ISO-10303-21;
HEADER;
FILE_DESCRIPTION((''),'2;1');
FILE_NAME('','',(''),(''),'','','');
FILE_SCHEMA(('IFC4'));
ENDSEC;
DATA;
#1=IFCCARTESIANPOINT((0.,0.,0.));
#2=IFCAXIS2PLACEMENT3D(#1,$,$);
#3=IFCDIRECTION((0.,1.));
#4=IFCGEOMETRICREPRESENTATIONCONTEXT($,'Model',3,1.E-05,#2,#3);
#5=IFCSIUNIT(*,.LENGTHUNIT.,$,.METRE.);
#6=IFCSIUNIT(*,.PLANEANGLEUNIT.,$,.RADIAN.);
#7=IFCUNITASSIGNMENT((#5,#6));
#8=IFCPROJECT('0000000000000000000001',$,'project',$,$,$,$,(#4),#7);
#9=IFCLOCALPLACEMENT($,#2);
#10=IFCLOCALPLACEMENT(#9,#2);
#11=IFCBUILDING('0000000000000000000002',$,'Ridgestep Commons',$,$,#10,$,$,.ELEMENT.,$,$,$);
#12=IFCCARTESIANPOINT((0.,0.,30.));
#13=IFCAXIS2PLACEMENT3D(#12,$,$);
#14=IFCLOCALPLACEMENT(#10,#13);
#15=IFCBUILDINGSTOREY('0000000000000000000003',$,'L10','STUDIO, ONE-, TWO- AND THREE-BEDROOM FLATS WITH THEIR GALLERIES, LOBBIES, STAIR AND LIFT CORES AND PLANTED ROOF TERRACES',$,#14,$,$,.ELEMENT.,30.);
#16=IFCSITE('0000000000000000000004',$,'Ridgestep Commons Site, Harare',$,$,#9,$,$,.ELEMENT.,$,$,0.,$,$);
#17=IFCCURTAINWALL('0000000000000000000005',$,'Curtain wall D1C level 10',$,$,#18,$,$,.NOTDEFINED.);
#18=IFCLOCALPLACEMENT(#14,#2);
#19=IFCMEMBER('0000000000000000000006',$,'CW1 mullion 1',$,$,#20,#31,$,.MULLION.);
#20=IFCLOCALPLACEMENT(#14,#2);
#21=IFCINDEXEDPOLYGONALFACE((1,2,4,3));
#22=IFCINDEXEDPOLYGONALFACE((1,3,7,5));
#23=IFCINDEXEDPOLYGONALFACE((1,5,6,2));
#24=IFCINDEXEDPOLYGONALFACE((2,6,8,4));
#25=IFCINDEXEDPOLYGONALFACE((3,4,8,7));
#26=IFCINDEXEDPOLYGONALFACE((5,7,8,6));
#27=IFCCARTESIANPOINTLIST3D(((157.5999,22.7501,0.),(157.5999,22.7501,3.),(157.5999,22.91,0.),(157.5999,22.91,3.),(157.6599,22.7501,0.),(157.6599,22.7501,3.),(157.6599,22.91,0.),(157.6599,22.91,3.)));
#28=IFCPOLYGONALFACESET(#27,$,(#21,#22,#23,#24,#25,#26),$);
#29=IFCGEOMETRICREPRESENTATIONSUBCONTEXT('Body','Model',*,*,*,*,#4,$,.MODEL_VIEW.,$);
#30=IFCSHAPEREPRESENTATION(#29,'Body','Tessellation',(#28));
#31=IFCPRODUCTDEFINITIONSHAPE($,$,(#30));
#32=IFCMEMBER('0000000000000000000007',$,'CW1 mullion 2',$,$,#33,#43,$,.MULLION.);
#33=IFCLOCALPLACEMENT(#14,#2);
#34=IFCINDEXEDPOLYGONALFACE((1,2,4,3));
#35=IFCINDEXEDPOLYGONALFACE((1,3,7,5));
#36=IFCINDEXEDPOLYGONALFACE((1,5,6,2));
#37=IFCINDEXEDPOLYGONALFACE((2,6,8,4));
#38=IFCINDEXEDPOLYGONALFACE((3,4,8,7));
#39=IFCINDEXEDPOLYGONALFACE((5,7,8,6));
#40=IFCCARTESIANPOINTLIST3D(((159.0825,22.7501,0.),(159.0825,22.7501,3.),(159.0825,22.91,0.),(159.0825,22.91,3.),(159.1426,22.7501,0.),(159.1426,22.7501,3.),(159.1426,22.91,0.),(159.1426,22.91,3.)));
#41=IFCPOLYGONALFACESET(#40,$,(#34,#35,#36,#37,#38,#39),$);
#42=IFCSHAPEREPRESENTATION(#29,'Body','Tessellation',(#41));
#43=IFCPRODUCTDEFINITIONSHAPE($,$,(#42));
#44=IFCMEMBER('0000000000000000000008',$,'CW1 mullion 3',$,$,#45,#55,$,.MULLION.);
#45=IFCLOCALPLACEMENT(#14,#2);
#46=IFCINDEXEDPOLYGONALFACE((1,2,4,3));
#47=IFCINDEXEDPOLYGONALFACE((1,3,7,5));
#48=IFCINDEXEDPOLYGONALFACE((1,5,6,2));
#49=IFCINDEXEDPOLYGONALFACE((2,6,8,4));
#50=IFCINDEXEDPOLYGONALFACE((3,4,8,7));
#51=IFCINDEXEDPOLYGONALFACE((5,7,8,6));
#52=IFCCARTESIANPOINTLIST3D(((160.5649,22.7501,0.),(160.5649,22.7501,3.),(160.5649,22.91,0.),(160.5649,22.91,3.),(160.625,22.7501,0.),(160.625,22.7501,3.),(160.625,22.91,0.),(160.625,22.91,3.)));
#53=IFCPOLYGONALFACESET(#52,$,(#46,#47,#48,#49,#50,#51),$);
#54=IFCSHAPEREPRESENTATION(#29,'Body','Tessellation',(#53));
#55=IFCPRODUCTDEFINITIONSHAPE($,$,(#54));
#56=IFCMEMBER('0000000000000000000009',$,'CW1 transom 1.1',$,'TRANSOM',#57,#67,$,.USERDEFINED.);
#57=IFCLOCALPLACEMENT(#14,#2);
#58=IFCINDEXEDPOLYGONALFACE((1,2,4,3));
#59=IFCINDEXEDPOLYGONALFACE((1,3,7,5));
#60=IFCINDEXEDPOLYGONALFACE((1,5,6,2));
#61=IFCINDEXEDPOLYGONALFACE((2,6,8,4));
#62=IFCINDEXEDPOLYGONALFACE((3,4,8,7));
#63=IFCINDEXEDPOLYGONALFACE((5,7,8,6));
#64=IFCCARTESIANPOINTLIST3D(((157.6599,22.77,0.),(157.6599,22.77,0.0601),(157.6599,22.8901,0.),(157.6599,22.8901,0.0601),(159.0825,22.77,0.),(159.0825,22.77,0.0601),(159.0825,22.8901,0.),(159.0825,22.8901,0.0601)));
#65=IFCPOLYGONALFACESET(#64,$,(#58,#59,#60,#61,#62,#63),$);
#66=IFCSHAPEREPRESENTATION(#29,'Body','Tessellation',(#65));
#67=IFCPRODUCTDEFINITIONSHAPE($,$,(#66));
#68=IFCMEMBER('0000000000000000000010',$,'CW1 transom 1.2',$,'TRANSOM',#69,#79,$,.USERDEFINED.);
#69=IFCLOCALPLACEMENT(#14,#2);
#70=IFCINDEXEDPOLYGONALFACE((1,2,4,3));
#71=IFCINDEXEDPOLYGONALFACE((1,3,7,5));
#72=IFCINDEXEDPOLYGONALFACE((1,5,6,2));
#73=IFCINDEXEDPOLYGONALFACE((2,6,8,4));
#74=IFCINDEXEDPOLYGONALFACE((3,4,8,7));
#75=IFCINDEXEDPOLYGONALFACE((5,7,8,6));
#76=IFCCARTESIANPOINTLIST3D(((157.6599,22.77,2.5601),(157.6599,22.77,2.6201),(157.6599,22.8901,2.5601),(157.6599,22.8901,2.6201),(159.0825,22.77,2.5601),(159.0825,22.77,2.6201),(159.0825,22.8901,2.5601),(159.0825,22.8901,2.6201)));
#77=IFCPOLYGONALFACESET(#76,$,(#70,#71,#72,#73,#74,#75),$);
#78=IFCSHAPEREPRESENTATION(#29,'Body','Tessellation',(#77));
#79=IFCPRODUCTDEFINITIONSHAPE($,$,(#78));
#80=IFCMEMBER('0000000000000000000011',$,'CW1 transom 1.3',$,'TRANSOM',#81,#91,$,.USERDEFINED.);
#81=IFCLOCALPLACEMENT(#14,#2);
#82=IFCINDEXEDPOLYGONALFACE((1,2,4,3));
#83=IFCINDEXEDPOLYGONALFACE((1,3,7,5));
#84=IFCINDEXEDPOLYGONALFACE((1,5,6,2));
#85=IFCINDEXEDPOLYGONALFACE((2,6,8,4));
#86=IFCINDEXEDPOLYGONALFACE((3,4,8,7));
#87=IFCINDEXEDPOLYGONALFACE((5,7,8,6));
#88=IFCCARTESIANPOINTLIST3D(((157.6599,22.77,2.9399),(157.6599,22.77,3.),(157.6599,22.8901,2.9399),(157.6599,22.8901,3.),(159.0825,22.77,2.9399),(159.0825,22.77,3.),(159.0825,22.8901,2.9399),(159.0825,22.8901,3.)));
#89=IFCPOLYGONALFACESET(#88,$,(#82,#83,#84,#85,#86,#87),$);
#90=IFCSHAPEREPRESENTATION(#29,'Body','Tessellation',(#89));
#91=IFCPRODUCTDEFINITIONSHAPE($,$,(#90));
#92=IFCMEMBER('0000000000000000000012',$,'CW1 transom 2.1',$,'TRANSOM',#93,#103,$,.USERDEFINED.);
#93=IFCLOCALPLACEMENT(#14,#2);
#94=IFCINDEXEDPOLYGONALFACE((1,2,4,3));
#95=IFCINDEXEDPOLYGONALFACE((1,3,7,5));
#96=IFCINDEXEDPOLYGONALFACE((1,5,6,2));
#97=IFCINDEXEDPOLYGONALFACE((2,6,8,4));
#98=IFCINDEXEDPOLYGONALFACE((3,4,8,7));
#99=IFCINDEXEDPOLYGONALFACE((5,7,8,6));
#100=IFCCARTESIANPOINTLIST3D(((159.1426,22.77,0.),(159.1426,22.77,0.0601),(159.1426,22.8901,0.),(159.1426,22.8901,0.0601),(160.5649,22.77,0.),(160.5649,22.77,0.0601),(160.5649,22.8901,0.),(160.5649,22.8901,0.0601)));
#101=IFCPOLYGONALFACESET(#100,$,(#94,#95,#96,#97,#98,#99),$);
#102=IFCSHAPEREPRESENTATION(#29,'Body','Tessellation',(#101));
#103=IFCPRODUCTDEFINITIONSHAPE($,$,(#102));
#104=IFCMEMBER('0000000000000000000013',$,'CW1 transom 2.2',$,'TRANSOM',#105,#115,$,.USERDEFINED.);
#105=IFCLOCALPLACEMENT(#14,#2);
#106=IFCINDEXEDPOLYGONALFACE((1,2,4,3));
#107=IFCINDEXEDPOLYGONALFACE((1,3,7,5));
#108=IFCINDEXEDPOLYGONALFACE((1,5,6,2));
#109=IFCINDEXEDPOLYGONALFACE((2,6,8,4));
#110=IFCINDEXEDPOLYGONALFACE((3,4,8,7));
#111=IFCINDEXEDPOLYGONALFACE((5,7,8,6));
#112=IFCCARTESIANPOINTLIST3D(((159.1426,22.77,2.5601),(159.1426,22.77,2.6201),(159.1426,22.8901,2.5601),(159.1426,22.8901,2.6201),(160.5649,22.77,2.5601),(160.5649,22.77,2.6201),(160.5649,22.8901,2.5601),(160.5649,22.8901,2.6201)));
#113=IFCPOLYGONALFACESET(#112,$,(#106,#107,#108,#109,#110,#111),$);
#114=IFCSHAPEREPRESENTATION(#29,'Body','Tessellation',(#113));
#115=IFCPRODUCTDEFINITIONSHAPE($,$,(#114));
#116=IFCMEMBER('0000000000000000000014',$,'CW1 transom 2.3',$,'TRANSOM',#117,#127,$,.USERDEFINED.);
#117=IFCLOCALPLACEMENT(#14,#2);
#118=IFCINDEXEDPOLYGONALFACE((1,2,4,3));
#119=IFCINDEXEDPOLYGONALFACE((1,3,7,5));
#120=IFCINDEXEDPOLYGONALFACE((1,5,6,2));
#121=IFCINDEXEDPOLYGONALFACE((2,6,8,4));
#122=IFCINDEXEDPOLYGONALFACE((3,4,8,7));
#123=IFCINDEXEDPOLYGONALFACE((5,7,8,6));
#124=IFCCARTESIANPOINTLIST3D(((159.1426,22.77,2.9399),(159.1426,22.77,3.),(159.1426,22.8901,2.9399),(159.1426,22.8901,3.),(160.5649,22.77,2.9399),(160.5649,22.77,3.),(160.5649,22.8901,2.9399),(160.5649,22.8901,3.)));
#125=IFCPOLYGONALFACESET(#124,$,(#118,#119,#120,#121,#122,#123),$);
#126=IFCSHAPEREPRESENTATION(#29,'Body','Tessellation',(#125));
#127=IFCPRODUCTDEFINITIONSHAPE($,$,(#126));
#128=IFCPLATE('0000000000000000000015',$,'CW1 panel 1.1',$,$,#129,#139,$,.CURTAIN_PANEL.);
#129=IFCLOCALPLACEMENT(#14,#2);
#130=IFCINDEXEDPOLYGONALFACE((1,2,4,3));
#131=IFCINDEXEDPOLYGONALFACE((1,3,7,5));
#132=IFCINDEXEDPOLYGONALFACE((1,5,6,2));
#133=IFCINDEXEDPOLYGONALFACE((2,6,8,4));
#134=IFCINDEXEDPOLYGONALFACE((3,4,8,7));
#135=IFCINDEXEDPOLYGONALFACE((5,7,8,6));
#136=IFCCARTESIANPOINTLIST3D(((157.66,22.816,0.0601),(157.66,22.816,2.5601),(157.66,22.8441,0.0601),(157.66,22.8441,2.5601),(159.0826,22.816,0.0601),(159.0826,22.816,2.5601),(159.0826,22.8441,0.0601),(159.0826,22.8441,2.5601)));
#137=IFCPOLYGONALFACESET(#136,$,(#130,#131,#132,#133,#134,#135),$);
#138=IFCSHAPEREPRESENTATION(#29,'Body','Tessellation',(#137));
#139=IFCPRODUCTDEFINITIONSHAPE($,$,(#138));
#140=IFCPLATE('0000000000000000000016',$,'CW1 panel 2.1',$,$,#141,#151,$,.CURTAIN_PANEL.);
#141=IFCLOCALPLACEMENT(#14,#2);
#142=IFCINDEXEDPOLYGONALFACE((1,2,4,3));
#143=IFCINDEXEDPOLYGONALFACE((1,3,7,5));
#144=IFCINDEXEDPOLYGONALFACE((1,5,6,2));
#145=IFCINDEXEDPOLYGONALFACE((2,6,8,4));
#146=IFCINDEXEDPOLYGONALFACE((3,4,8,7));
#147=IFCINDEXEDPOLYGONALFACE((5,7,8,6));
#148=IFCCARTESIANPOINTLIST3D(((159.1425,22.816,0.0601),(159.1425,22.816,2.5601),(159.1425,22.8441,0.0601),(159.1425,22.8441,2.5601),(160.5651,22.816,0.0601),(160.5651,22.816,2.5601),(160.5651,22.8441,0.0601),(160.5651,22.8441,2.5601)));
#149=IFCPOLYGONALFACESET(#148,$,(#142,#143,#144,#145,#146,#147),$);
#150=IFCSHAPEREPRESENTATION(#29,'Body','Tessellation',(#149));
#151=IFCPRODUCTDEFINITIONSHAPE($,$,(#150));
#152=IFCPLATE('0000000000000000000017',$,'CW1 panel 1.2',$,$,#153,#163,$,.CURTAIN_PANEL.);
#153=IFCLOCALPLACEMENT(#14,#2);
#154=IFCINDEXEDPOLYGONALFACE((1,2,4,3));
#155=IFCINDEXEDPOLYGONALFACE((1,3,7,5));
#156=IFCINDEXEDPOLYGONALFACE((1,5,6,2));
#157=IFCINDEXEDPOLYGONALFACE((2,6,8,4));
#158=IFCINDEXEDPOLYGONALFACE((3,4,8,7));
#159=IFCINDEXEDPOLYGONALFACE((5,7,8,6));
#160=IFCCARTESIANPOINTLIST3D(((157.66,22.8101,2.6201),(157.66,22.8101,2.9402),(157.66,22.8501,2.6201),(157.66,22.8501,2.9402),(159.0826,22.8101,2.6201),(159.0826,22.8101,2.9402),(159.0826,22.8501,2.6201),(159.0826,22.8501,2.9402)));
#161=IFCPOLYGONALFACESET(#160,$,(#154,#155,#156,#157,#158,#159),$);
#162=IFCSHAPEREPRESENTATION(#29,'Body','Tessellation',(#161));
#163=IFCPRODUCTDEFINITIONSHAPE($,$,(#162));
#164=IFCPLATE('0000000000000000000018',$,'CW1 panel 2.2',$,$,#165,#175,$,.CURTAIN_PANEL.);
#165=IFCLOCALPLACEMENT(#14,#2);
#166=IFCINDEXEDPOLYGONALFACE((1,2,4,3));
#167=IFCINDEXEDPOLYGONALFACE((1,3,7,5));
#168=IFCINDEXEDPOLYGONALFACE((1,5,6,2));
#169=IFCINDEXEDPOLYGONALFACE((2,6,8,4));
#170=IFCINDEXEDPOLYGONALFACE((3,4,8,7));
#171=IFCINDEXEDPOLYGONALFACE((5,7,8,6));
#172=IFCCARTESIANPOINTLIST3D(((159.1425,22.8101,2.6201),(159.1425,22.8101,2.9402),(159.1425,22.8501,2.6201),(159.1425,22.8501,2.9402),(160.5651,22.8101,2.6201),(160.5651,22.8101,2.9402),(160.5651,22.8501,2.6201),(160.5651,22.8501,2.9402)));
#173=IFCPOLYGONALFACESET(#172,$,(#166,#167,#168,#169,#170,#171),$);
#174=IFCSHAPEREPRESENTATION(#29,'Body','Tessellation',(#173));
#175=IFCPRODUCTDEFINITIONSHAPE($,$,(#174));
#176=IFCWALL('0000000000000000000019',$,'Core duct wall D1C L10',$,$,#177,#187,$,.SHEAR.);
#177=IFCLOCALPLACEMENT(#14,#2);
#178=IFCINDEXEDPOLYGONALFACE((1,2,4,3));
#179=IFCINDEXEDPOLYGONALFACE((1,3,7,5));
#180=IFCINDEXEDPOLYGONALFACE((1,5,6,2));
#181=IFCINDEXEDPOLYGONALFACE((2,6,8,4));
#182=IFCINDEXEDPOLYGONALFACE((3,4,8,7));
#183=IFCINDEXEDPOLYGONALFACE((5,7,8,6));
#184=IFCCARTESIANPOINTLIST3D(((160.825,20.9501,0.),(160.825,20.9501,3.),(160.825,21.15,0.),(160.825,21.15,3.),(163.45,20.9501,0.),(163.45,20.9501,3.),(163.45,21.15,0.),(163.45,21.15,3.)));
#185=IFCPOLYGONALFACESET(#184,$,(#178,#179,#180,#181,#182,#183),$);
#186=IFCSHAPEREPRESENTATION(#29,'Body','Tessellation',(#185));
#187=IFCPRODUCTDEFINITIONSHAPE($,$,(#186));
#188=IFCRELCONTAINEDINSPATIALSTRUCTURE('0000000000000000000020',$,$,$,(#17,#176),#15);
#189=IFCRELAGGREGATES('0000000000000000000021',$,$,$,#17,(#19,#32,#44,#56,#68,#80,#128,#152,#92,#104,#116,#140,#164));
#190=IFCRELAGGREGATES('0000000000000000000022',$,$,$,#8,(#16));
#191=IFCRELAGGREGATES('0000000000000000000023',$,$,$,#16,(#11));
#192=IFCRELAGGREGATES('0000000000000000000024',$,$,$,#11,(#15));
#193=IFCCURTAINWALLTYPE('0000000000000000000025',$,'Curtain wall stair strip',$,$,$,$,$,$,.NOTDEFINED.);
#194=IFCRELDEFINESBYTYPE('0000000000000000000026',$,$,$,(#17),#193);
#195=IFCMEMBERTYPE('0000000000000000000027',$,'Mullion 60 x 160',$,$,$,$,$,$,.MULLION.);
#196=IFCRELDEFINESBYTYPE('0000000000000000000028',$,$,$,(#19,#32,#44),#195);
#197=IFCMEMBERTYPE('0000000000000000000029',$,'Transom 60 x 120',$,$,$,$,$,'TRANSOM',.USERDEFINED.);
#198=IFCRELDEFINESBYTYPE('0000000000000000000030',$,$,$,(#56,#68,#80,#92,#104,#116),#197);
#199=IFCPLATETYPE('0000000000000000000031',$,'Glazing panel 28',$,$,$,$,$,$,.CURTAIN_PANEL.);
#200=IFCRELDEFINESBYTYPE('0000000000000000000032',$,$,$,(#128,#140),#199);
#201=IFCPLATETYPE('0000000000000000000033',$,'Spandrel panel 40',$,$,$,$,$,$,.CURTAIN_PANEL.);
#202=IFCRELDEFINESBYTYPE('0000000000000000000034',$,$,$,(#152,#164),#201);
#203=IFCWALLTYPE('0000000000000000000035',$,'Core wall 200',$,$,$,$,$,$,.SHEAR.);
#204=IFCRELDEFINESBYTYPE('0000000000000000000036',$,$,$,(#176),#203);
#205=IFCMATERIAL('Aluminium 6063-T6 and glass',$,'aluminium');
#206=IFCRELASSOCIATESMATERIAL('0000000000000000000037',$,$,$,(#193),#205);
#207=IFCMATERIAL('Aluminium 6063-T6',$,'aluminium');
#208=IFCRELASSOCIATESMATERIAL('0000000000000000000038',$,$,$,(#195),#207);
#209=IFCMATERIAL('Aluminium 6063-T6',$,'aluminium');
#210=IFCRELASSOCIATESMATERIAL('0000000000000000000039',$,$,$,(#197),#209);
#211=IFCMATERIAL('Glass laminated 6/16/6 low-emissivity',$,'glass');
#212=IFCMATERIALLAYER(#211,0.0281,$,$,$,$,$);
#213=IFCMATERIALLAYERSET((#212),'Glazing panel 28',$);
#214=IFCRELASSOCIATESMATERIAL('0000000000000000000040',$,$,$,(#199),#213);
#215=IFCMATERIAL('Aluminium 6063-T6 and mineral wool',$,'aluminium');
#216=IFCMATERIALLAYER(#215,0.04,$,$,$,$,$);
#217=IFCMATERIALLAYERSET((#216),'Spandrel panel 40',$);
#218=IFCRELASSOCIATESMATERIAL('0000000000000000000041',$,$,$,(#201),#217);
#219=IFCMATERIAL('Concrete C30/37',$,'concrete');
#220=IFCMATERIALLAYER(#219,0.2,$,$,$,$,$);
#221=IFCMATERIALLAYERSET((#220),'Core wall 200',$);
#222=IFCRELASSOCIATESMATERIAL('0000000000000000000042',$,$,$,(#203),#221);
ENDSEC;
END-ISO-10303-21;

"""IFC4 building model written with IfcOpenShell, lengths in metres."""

from ifc_helpers import new_model, si_unit, direction, frame, frame_2d, origin, origin_2d, place, context, subcontext, project, spatial, rectangle, extrude, material, layer, layer_set, material_profile, profile_set, type_object, element, aggregate, save


model = new_model("IFC4")

# Units and contexts
model_context = context("Model", 3, precision=1e-05, world=origin(), true_north=direction((0.0, 1.0)))
body_context = subcontext(model_context, "Body", "Model", "MODEL_VIEW")
ifc_project = project(units=[si_unit("LENGTHUNIT", "METRE"), si_unit("PLANEANGLEUNIT", "RADIAN")], contexts=[model_context])

# Site, building, storey
site_placement = place(None, origin())
site = spatial("IfcSite", under=ifc_project, at=site_placement, Name="Ridgestep Commons Site, Harare", CompositionType="ELEMENT", RefElevation=0.0)
building_placement = place(site_placement, origin())
building = spatial("IfcBuilding", under=site, at=building_placement, Name="Ridgestep Commons", CompositionType="ELEMENT")
storey_placement = place(building_placement, frame((0.0, 0.0, 30.0)))
storey = spatial("IfcBuildingStorey", under=building, at=storey_placement, Name="L10", Description="STUDIO, ONE-, TWO- AND THREE-BEDROOM FLATS WITH THEIR GALLERIES, LOBBIES, STAIR AND LIFT CORES AND PLANTED ROOF TERRACES", CompositionType="ELEMENT", Elevation=30.0)

# Curtain wall, members, plates
ifc_material_1 = material(Name="Aluminium 6063-T6 and glass", Category="aluminium")
curtain_wall_type = type_object("IfcCurtainWallType", Name="Curtain wall stair strip", PredefinedType="NOTDEFINED", material=ifc_material_1)
curtain_wall_placement = place(storey_placement, origin())
curtain_wall = element("IfcCurtainWall", 1, at=curtain_wall_placement, inside=storey, type_object=curtain_wall_type, Name="Curtain wall D1C level 10", PredefinedType="NOTDEFINED")
ifc_material_2 = material(Name="Aluminium 6063-T6", Category="aluminium")
ifc_material_profile_1 = material_profile(ifc_material_2, rectangle(XDim=0.1599, YDim=0.0601, at=origin_2d()), Name="Mullion 60 x 160")
ifc_profile_set_1 = profile_set([ifc_material_profile_1], Name="Aluminium 6063-T6")
member_type_1 = type_object("IfcMemberType", Name="Mullion 60 x 160", PredefinedType="MULLION", material=ifc_profile_set_1)
member_1_placement = place(storey_placement, frame((157.6299, 22.8301, 0.0), z_axis=(0.0, 0.0, 1.0), x_axis=(0.0, 1.0, 0.0)))
member_1 = element("IfcMember", 2, at=member_1_placement, type_object=member_type_1, Name="CW1 mullion 1", PredefinedType="MULLION", context=body_context, shape_type="SweptSolid", body=[
    extrude(rectangle(XDim=0.1599, YDim=0.0601, at=origin_2d()), origin(), (0.0, 0.0, 1.0), 3.0),
])
member_2_placement = place(storey_placement, frame((159.1125, 22.8301, 0.0), z_axis=(0.0, 0.0, 1.0), x_axis=(0.0, 1.0, 0.0)))
member_2 = element("IfcMember", 3, at=member_2_placement, type_object=member_type_1, Name="CW1 mullion 2", PredefinedType="MULLION", context=body_context, shape_type="SweptSolid", body=[
    extrude(rectangle(XDim=0.1599, YDim=0.0601, at=origin_2d()), origin(), (0.0, 0.0, 1.0), 3.0),
])
member_3_placement = place(storey_placement, frame((160.595, 22.8301, 0.0), z_axis=(0.0, 0.0, 1.0), x_axis=(0.0, 1.0, 0.0)))
member_3 = element("IfcMember", 4, at=member_3_placement, type_object=member_type_1, Name="CW1 mullion 3", PredefinedType="MULLION", context=body_context, shape_type="SweptSolid", body=[
    extrude(rectangle(XDim=0.1599, YDim=0.0601, at=origin_2d()), origin(), (0.0, 0.0, 1.0), 3.0),
])
ifc_material_3 = material(Name="Aluminium 6063-T6", Category="aluminium")
ifc_material_profile_2 = material_profile(ifc_material_3, rectangle(XDim=0.1201, YDim=0.0601, at=origin_2d()), Name="Transom 60 x 120")
ifc_profile_set_2 = profile_set([ifc_material_profile_2], Name="Aluminium 6063-T6")
member_type_2 = type_object("IfcMemberType", Name="Transom 60 x 120", ElementType="TRANSOM", PredefinedType="USERDEFINED", material=ifc_profile_set_2)
member_4_placement = place(storey_placement, frame((157.6599, 22.8301, 0.03), z_axis=(1.0, 0.0, 0.0), x_axis=(0.0, 1.0, 0.0)))
member_4 = element("IfcMember", 5, at=member_4_placement, type_object=member_type_2, Name="CW1 transom 1.1", ObjectType="TRANSOM", PredefinedType="USERDEFINED", context=body_context, shape_type="SweptSolid", body=[
    extrude(rectangle(XDim=0.1201, YDim=0.0601, at=origin_2d()), origin(), (0.0, 0.0, 1.0), 1.4226),
])
member_5_placement = place(storey_placement, frame((157.6599, 22.8301, 2.5901), z_axis=(1.0, 0.0, 0.0), x_axis=(0.0, 1.0, 0.0)))
member_5 = element("IfcMember", 6, at=member_5_placement, type_object=member_type_2, Name="CW1 transom 1.2", ObjectType="TRANSOM", PredefinedType="USERDEFINED", context=body_context, shape_type="SweptSolid", body=[
    extrude(rectangle(XDim=0.1201, YDim=0.0601, at=origin_2d()), origin(), (0.0, 0.0, 1.0), 1.4226),
])
member_6_placement = place(storey_placement, frame((157.6599, 22.8301, 2.97), z_axis=(1.0, 0.0, 0.0), x_axis=(0.0, 1.0, 0.0)))
member_6 = element("IfcMember", 7, at=member_6_placement, type_object=member_type_2, Name="CW1 transom 1.3", ObjectType="TRANSOM", PredefinedType="USERDEFINED", context=body_context, shape_type="SweptSolid", body=[
    extrude(rectangle(XDim=0.1201, YDim=0.0601, at=origin_2d()), origin(), (0.0, 0.0, 1.0), 1.4226),
])
member_7_placement = place(storey_placement, frame((159.1426, 22.8301, 0.03), z_axis=(1.0, 0.0, 0.0), x_axis=(0.0, 1.0, 0.0)))
member_7 = element("IfcMember", 8, at=member_7_placement, type_object=member_type_2, Name="CW1 transom 2.1", ObjectType="TRANSOM", PredefinedType="USERDEFINED", context=body_context, shape_type="SweptSolid", body=[
    extrude(rectangle(XDim=0.1201, YDim=0.0601, at=origin_2d()), origin(), (0.0, 0.0, 1.0), 1.4224),
])
member_8_placement = place(storey_placement, frame((159.1426, 22.8301, 2.5901), z_axis=(1.0, 0.0, 0.0), x_axis=(0.0, 1.0, 0.0)))
member_8 = element("IfcMember", 9, at=member_8_placement, type_object=member_type_2, Name="CW1 transom 2.2", ObjectType="TRANSOM", PredefinedType="USERDEFINED", context=body_context, shape_type="SweptSolid", body=[
    extrude(rectangle(XDim=0.1201, YDim=0.0601, at=origin_2d()), origin(), (0.0, 0.0, 1.0), 1.4224),
])
member_9_placement = place(storey_placement, frame((159.1426, 22.8301, 2.97), z_axis=(1.0, 0.0, 0.0), x_axis=(0.0, 1.0, 0.0)))
member_9 = element("IfcMember", 10, at=member_9_placement, type_object=member_type_2, Name="CW1 transom 2.3", ObjectType="TRANSOM", PredefinedType="USERDEFINED", context=body_context, shape_type="SweptSolid", body=[
    extrude(rectangle(XDim=0.1201, YDim=0.0601, at=origin_2d()), origin(), (0.0, 0.0, 1.0), 1.4224),
])
ifc_material_4 = material(Name="Glass laminated 6/16/6 low-emissivity", Category="glass")
ifc_layer_1 = layer(ifc_material_4, 0.0281)
ifc_layer_set_1 = layer_set([ifc_layer_1], Name="Glazing panel 28")
plate_type_1 = type_object("IfcPlateType", Name="Glazing panel 28", PredefinedType="CURTAIN_PANEL", material=ifc_layer_set_1)
plate_1_placement = place(storey_placement, frame((158.3713, 22.8301, 0.0601), z_axis=(0.0, 0.0, 1.0), x_axis=(1.0, 0.0, 0.0)))
plate_1 = element("IfcPlate", 11, at=plate_1_placement, type_object=plate_type_1, Name="CW1 panel 1.1", PredefinedType="CURTAIN_PANEL", context=body_context, shape_type="SweptSolid", body=[
    extrude(rectangle(XDim=1.4226, YDim=0.0281, at=origin_2d()), origin(), (0.0, 0.0, 1.0), 2.5),
])
plate_2_placement = place(storey_placement, frame((159.8538, 22.8301, 0.0601), z_axis=(0.0, 0.0, 1.0), x_axis=(1.0, 0.0, 0.0)))
plate_2 = element("IfcPlate", 12, at=plate_2_placement, type_object=plate_type_1, Name="CW1 panel 2.1", PredefinedType="CURTAIN_PANEL", context=body_context, shape_type="SweptSolid", body=[
    extrude(rectangle(XDim=1.4226, YDim=0.0281, at=origin_2d()), origin(), (0.0, 0.0, 1.0), 2.5),
])
ifc_material_5 = material(Name="Aluminium 6063-T6 and mineral wool", Category="aluminium")
ifc_layer_2 = layer(ifc_material_5, 0.04)
ifc_layer_set_2 = layer_set([ifc_layer_2], Name="Spandrel panel 40")
plate_type_2 = type_object("IfcPlateType", Name="Spandrel panel 40", PredefinedType="CURTAIN_PANEL", material=ifc_layer_set_2)
plate_3_placement = place(storey_placement, frame((158.3713, 22.8301, 2.6201), z_axis=(0.0, 0.0, 1.0), x_axis=(1.0, 0.0, 0.0)))
plate_3 = element("IfcPlate", 13, at=plate_3_placement, type_object=plate_type_2, Name="CW1 panel 1.2", PredefinedType="CURTAIN_PANEL", context=body_context, shape_type="SweptSolid", body=[
    extrude(rectangle(XDim=1.4226, YDim=0.04, at=origin_2d()), origin(), (0.0, 0.0, 1.0), 0.3201),
])
plate_4_placement = place(storey_placement, frame((159.8538, 22.8301, 2.6201), z_axis=(0.0, 0.0, 1.0), x_axis=(1.0, 0.0, 0.0)))
plate_4 = element("IfcPlate", 14, at=plate_4_placement, type_object=plate_type_2, Name="CW1 panel 2.2", PredefinedType="CURTAIN_PANEL", context=body_context, shape_type="SweptSolid", body=[
    extrude(rectangle(XDim=1.4226, YDim=0.04, at=origin_2d()), origin(), (0.0, 0.0, 1.0), 0.3201),
])
aggregate(curtain_wall, [member_1, member_2, member_3, member_4, member_5, member_6, plate_1, plate_3, member_7, member_8, member_9, plate_2, plate_4])

# Wall
ifc_material_6 = material(Name="Concrete C30/37", Category="concrete")
ifc_layer_3 = layer(ifc_material_6, 0.2)
ifc_layer_set_3 = layer_set([ifc_layer_3], Name="Core wall 200")
wall_type = type_object("IfcWallType", Name="Core wall 200", PredefinedType="SHEAR", material=ifc_layer_set_3)
for number, where, z_axis, x_axis, name in (
    (15, (160.825, 21.05, 0.0), (0.0, 0.0, 1.0), (1.0, 0.0, 0.0), "Core duct wall D1C L10"),
):
    element("IfcWall", number, at=place(storey_placement, frame(where, z_axis=z_axis, x_axis=x_axis)), inside=storey, type_object=wall_type, Name=name, PredefinedType="SHEAR", context=body_context, shape_type="SweptSolid", body=[
        extrude(rectangle(XDim=2.625, YDim=0.2, at=frame_2d((1.3125, 0.0))), origin(), (0.0, 0.0, 1.0), 3.0),
    ])

save(model, "model.ifc")
